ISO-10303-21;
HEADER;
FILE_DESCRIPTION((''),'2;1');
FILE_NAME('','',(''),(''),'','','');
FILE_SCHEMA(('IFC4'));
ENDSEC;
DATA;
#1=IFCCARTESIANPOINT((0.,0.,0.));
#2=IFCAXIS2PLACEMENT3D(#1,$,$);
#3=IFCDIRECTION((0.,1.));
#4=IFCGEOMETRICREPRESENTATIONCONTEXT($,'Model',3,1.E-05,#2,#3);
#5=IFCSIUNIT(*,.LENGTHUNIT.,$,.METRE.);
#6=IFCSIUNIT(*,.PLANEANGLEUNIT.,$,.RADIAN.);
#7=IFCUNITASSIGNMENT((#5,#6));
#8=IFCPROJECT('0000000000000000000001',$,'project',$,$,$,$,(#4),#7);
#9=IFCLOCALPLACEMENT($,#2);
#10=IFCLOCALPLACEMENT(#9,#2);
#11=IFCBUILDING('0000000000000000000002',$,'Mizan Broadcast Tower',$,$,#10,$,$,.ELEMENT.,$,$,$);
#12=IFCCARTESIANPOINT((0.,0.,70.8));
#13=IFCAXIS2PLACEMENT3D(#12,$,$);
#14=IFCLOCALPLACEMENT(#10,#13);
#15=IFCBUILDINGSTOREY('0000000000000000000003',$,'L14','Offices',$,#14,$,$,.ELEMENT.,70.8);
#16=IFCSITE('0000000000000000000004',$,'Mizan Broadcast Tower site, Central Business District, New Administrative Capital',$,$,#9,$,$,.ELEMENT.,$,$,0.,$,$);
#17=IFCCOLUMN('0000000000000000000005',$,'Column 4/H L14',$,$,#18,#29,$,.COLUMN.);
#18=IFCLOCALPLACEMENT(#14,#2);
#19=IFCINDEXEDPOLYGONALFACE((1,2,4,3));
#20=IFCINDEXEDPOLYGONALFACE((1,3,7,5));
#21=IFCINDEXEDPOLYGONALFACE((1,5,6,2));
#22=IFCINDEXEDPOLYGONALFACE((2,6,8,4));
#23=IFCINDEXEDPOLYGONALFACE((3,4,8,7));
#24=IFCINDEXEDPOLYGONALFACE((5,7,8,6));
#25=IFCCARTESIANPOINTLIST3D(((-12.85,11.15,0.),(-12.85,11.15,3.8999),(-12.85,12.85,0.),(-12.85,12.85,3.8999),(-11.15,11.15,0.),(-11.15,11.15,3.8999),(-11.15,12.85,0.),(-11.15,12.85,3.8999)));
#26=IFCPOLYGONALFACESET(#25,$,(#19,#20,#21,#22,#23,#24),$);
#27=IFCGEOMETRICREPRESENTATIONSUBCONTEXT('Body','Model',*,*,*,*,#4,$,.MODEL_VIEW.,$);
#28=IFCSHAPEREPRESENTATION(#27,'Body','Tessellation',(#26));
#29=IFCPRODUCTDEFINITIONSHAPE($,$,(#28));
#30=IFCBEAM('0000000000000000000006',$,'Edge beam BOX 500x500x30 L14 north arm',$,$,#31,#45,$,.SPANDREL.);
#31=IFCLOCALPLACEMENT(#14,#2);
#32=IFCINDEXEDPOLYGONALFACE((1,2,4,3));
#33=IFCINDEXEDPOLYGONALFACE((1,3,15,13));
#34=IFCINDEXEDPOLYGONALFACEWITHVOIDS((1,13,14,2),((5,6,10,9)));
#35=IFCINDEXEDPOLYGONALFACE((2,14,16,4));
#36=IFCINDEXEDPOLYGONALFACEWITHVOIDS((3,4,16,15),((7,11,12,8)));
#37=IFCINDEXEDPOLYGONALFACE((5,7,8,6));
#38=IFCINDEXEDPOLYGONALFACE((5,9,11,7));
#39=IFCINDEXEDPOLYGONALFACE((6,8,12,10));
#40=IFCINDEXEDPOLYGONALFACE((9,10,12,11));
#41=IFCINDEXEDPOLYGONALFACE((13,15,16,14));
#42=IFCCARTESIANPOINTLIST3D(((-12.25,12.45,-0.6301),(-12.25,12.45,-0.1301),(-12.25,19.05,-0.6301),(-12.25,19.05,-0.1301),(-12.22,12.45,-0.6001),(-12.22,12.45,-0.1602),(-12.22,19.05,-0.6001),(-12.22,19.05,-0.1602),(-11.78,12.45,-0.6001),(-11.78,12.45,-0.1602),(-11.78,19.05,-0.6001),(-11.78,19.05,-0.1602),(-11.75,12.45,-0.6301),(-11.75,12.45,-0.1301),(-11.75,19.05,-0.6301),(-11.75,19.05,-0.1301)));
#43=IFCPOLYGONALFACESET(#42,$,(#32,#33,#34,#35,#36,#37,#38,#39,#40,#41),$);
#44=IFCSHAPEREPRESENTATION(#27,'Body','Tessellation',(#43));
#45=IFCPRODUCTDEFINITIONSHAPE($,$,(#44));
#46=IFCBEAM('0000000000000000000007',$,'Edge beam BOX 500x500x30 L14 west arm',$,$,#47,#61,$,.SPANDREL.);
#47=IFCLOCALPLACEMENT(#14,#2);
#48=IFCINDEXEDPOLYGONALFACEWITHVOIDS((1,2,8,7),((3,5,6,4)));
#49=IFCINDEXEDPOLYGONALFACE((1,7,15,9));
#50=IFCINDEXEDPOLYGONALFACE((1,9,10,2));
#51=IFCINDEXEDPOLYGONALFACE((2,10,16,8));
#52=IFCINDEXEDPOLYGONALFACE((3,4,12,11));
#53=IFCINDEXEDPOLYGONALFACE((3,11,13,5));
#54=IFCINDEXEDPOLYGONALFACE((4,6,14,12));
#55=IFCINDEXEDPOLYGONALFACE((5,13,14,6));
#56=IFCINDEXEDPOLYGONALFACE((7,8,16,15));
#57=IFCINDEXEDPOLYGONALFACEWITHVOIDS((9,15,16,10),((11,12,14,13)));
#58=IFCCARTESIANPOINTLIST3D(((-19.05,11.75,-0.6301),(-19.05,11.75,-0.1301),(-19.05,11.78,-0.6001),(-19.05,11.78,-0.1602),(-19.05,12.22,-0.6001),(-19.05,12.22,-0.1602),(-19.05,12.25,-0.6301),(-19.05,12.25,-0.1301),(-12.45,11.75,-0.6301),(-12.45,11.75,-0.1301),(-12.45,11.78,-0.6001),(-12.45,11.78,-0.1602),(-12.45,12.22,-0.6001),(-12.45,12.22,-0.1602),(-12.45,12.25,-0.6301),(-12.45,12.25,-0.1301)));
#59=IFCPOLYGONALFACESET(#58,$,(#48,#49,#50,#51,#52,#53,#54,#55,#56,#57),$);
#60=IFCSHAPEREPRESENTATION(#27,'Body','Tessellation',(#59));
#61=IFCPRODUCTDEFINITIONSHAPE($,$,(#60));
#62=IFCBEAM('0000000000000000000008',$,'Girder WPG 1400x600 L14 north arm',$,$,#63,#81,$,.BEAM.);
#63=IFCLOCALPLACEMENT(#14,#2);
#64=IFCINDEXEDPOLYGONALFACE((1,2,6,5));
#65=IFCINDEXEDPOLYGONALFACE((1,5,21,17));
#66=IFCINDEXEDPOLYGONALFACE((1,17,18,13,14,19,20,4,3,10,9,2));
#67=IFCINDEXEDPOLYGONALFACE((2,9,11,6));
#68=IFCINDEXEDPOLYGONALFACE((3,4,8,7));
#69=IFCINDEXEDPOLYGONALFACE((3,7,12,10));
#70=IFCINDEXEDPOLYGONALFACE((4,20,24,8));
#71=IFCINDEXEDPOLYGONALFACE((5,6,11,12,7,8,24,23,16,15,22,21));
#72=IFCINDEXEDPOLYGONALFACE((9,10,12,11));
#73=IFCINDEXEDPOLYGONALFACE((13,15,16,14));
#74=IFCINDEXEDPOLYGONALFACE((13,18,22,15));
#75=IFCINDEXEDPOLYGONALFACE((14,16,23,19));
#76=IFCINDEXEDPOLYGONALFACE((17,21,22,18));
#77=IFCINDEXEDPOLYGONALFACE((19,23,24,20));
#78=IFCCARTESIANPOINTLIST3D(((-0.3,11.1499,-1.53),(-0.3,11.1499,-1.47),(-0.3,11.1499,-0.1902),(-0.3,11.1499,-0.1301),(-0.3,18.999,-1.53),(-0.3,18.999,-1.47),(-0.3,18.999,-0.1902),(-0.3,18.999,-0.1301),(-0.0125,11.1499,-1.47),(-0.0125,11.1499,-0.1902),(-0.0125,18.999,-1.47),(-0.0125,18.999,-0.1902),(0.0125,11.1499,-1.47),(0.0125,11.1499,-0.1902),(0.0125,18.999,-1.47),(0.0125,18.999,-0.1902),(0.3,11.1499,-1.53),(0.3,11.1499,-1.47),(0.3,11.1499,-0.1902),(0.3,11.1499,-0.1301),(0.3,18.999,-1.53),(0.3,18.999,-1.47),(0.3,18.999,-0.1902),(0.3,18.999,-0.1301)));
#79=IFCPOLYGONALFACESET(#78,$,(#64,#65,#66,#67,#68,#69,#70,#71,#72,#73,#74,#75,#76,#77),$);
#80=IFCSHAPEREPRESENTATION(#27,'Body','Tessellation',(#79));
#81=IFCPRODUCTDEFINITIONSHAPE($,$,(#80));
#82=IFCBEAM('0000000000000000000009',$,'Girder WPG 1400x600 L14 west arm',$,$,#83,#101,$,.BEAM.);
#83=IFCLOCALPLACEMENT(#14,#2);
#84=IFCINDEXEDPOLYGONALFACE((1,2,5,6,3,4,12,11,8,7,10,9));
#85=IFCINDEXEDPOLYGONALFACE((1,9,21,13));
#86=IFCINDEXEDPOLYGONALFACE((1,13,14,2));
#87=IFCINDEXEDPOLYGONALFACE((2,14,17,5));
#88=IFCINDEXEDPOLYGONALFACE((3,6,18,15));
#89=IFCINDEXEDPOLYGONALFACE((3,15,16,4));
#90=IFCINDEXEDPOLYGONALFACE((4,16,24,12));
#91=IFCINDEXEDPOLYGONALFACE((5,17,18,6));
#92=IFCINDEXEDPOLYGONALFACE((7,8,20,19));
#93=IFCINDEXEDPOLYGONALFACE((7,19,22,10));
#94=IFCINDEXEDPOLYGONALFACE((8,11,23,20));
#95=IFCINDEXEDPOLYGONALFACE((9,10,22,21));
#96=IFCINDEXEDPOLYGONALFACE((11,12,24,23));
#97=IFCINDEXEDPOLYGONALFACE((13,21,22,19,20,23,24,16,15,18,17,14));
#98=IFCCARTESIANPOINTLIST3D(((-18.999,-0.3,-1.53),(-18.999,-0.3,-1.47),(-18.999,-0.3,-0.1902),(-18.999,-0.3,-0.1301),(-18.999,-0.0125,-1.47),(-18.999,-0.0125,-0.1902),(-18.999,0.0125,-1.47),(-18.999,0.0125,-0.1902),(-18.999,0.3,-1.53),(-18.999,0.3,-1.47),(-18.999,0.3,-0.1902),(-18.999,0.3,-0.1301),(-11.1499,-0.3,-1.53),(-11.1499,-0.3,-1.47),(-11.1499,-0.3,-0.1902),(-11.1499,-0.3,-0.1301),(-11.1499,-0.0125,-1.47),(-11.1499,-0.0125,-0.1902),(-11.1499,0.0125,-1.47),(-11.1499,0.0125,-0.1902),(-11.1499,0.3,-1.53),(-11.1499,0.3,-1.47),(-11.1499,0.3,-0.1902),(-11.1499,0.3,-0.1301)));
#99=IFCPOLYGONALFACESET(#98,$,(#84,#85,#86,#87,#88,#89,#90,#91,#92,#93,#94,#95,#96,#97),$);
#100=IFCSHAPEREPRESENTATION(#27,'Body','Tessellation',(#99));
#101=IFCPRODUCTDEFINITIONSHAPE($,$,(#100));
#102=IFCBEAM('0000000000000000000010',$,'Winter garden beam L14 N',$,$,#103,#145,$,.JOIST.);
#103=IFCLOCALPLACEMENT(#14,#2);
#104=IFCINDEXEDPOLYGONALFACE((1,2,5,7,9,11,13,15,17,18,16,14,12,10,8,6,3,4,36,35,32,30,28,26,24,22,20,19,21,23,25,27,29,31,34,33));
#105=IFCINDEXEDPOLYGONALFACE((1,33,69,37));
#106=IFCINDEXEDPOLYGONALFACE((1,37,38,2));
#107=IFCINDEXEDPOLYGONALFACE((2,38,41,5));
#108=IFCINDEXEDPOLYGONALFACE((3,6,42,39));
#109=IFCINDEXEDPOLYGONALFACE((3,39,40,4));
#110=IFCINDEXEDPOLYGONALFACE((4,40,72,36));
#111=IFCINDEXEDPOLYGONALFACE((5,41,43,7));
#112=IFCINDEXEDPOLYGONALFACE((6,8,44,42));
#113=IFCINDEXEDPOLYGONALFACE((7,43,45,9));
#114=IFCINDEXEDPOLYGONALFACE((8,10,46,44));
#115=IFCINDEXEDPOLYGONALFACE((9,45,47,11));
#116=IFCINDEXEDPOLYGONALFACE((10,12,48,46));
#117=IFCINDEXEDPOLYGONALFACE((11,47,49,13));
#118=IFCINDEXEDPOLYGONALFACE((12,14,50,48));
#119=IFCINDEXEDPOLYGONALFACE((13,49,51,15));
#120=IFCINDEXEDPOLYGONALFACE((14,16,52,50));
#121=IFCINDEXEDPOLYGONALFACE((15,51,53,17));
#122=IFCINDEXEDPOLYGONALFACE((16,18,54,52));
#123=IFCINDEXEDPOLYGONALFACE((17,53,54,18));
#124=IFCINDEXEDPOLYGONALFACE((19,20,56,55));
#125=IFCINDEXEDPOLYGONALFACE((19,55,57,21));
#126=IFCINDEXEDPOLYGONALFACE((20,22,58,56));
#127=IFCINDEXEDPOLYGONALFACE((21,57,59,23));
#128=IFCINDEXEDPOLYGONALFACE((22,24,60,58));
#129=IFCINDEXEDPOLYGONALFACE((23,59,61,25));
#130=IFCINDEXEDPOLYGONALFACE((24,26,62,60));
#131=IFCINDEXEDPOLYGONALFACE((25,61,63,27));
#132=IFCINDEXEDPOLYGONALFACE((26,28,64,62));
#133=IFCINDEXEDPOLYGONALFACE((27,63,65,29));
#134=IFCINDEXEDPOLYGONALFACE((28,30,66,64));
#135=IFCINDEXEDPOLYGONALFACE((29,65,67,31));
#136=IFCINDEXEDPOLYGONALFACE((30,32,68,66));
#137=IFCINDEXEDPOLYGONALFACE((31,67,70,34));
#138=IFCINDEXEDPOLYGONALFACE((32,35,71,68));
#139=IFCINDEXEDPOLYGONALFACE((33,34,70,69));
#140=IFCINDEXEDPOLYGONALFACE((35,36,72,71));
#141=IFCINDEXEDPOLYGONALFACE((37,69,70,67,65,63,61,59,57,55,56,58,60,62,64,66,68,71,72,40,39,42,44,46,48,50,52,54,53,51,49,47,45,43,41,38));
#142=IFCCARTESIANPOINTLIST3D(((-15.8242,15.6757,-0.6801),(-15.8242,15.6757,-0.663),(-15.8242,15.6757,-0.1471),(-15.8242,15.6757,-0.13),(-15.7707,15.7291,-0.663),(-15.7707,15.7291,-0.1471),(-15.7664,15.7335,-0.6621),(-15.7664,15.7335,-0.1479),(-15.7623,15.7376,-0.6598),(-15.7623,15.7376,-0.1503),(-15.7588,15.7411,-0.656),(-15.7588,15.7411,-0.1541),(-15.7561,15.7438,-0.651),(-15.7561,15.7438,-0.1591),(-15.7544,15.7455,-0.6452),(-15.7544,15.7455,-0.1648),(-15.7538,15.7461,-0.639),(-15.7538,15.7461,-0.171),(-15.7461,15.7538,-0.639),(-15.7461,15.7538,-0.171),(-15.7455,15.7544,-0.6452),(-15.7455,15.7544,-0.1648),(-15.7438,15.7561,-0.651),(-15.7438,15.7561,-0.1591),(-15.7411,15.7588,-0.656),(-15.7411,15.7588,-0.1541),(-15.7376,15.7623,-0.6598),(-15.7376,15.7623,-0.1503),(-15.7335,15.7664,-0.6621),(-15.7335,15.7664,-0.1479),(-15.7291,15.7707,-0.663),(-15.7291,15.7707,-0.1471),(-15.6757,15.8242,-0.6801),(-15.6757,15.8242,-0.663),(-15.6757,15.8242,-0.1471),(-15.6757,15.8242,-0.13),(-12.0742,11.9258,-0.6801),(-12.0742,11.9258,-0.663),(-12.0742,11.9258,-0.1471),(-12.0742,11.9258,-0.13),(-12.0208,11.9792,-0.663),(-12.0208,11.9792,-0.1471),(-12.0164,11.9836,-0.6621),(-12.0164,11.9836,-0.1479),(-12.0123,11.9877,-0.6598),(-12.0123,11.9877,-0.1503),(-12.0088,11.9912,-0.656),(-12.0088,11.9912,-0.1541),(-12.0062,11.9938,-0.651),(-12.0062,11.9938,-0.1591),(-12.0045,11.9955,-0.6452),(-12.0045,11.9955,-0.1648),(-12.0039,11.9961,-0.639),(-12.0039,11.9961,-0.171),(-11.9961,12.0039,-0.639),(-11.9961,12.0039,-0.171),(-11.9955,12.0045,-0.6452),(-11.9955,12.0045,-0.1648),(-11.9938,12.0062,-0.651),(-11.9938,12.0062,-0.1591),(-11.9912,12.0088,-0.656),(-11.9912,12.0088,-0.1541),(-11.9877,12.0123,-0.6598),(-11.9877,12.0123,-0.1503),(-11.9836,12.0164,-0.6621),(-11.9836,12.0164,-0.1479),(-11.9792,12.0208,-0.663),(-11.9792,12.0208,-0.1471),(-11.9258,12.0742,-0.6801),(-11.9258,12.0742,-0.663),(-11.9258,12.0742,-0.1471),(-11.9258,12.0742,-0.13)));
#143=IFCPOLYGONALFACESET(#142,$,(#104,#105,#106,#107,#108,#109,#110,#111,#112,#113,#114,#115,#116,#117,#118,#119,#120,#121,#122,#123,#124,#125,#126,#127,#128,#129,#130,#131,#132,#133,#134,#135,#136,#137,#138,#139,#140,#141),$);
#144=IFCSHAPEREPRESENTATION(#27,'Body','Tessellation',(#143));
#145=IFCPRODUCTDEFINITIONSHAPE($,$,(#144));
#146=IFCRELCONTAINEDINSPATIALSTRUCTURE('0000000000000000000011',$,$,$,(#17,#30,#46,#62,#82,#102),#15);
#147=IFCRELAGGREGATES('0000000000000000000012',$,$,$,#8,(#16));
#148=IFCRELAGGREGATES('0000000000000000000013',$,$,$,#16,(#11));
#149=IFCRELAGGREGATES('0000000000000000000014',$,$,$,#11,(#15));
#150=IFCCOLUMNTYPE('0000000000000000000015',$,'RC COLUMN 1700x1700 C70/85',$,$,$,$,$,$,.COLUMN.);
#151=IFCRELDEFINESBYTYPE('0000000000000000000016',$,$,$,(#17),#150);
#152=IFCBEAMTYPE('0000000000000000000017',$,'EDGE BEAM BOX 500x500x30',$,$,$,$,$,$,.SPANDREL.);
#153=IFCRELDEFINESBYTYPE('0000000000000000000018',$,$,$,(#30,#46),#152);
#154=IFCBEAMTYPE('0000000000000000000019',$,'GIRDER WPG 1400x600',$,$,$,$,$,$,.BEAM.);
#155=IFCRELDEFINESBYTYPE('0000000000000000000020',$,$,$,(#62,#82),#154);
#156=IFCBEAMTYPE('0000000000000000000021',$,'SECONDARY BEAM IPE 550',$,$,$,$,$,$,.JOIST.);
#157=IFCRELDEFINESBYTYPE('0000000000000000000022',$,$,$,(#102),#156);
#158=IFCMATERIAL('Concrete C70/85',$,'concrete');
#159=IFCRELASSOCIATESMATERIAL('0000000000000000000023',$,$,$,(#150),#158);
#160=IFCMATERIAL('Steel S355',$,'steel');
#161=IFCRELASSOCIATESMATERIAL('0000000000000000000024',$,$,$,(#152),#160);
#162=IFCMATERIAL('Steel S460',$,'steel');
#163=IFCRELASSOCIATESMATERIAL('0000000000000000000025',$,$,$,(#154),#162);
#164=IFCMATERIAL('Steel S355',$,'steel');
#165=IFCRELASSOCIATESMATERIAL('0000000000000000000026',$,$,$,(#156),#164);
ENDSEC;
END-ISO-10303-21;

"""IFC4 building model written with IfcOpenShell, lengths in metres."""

from ifc_helpers import new_model, si_unit, direction, frame, origin, origin_2d, place, context, subcontext, project, spatial, rectangle, hollow_rectangle, i_section, extrude, material, material_profile, profile_set, type_object, element, save


model = new_model("IFC4")

# Units and contexts
model_context = context("Model", 3, precision=1e-05, world=origin(), true_north=direction((0.0, 1.0)))
body_context = subcontext(model_context, "Body", "Model", "MODEL_VIEW")
ifc_project = project(units=[si_unit("LENGTHUNIT", "METRE"), si_unit("PLANEANGLEUNIT", "RADIAN")], contexts=[model_context])

# Site, building, storey
site_placement = place(None, origin())
site = spatial("IfcSite", under=ifc_project, at=site_placement, Name="Mizan Broadcast Tower site, Central Business District, New Administrative Capital", CompositionType="ELEMENT", RefElevation=0.0)
building_placement = place(site_placement, origin())
building = spatial("IfcBuilding", under=site, at=building_placement, Name="Mizan Broadcast Tower", CompositionType="ELEMENT")
storey_placement = place(building_placement, frame((0.0, 0.0, 70.8)))
storey = spatial("IfcBuildingStorey", under=building, at=storey_placement, Name="L14", Description="Offices", CompositionType="ELEMENT", Elevation=70.8)

# Column
ifc_material_1 = material(Name="Concrete C70/85", Category="concrete")
ifc_material_profile_1 = material_profile(ifc_material_1, rectangle(XDim=1.7, YDim=1.7, at=origin_2d()), Name="RC 1700x1700")
ifc_profile_set_1 = profile_set([ifc_material_profile_1], Name="Concrete C70/85")
column_type = type_object("IfcColumnType", Name="RC COLUMN 1700x1700 C70/85", PredefinedType="COLUMN", material=ifc_profile_set_1)
column_placement = place(storey_placement, frame((-12.0, 12.0, 0.0), z_axis=(0.0, 0.0, 1.0), x_axis=(1.0, 0.0, 0.0)))
element("IfcColumn", 1, at=column_placement, inside=storey, type_object=column_type, Name="Column 4/H L14", PredefinedType="COLUMN", context=body_context, shape_type="SweptSolid", body=[
    extrude(rectangle(XDim=1.7, YDim=1.7, at=origin_2d()), origin(), (0.0, 0.0, 1.0), 3.8999),
])

# Beams
ifc_material_2 = material(Name="Steel S355", Category="steel")
ifc_material_profile_2 = material_profile(ifc_material_2, hollow_rectangle(XDim=0.5, YDim=0.5, WallThickness=0.03, at=origin_2d()), Name="BOX 500x500x30")
ifc_profile_set_2 = profile_set([ifc_material_profile_2], Name="Steel S355")
beam_type_1 = type_object("IfcBeamType", Name="EDGE BEAM BOX 500x500x30", PredefinedType="SPANDREL", material=ifc_profile_set_2)
for number, where, z_axis, x_axis, name in (
    (2, (-12.0, 12.45, -0.3801), (0.0, 1.0, 0.0), (-1.0, 0.0, 0.0), "Edge beam BOX 500x500x30 L14 north arm"),
    (3, (-12.45, 12.0, -0.3801), (-1.0, 0.0, 0.0), (0.0, -1.0, 0.0), "Edge beam BOX 500x500x30 L14 west arm"),
):
    element("IfcBeam", number, at=place(storey_placement, frame(where, z_axis=z_axis, x_axis=x_axis)), inside=storey, type_object=beam_type_1, Name=name, PredefinedType="SPANDREL", context=body_context, shape_type="SweptSolid", body=[
        extrude(hollow_rectangle(XDim=0.5, YDim=0.5, WallThickness=0.03, at=origin_2d()), origin(), (0.0, 0.0, 1.0), 6.6001),
    ])
ifc_material_3 = material(Name="Steel S460", Category="steel")
ifc_material_profile_3 = material_profile(ifc_material_3, i_section(OverallWidth=0.6001, OverallDepth=1.3999, WebThickness=0.0249, FlangeThickness=0.0601, at=origin_2d()), Name="WPG 1400x600")
ifc_profile_set_3 = profile_set([ifc_material_profile_3], Name="Steel S460")
beam_type_2 = type_object("IfcBeamType", Name="GIRDER WPG 1400x600", PredefinedType="BEAM", material=ifc_profile_set_3)
for number, where, z_axis, x_axis, name in (
    (4, (0.0, 11.1499, -0.8301), (0.0, 1.0, 0.0), (-1.0, 0.0, 0.0), "Girder WPG 1400x600 L14 north arm"),
    (5, (-11.1499, 0.0, -0.8301), (-1.0, 0.0, 0.0), (0.0, -1.0, 0.0), "Girder WPG 1400x600 L14 west arm"),
):
    element("IfcBeam", number, at=place(storey_placement, frame(where, z_axis=z_axis, x_axis=x_axis)), inside=storey, type_object=beam_type_2, Name=name, PredefinedType="BEAM", context=body_context, shape_type="SweptSolid", body=[
        extrude(i_section(OverallWidth=0.6001, OverallDepth=1.3999, WebThickness=0.0249, FlangeThickness=0.0601, at=origin_2d()), origin(), (0.0, 0.0, 1.0), 7.8491),
    ])
ifc_material_4 = material(Name="Steel S355", Category="steel")
ifc_material_profile_4 = material_profile(ifc_material_4, i_section(OverallWidth=0.21, OverallDepth=0.55, WebThickness=0.011, FlangeThickness=0.0171, FilletRadius=0.0239, at=origin_2d()), Name="IPE 550")
ifc_profile_set_4 = profile_set([ifc_material_profile_4], Name="Steel S355")
beam_type_3 = type_object("IfcBeamType", Name="SECONDARY BEAM IPE 550", PredefinedType="JOIST", material=ifc_profile_set_4)
beam_placement = place(storey_placement, frame((-12.0, 12.0, -0.405), z_axis=(-0.707107, 0.707107, 0.0), x_axis=(-0.707107, -0.707107, 0.0)))
element("IfcBeam", 6, at=beam_placement, inside=storey, type_object=beam_type_3, Name="Winter garden beam L14 N", PredefinedType="JOIST", context=body_context, shape_type="SweptSolid", body=[
    extrude(i_section(OverallWidth=0.21, OverallDepth=0.55, WebThickness=0.011, FlangeThickness=0.0171, FilletRadius=0.0239, at=origin_2d()), origin(), (0.0, 0.0, 1.0), 5.3032),
])

save(model, "model.ifc")
